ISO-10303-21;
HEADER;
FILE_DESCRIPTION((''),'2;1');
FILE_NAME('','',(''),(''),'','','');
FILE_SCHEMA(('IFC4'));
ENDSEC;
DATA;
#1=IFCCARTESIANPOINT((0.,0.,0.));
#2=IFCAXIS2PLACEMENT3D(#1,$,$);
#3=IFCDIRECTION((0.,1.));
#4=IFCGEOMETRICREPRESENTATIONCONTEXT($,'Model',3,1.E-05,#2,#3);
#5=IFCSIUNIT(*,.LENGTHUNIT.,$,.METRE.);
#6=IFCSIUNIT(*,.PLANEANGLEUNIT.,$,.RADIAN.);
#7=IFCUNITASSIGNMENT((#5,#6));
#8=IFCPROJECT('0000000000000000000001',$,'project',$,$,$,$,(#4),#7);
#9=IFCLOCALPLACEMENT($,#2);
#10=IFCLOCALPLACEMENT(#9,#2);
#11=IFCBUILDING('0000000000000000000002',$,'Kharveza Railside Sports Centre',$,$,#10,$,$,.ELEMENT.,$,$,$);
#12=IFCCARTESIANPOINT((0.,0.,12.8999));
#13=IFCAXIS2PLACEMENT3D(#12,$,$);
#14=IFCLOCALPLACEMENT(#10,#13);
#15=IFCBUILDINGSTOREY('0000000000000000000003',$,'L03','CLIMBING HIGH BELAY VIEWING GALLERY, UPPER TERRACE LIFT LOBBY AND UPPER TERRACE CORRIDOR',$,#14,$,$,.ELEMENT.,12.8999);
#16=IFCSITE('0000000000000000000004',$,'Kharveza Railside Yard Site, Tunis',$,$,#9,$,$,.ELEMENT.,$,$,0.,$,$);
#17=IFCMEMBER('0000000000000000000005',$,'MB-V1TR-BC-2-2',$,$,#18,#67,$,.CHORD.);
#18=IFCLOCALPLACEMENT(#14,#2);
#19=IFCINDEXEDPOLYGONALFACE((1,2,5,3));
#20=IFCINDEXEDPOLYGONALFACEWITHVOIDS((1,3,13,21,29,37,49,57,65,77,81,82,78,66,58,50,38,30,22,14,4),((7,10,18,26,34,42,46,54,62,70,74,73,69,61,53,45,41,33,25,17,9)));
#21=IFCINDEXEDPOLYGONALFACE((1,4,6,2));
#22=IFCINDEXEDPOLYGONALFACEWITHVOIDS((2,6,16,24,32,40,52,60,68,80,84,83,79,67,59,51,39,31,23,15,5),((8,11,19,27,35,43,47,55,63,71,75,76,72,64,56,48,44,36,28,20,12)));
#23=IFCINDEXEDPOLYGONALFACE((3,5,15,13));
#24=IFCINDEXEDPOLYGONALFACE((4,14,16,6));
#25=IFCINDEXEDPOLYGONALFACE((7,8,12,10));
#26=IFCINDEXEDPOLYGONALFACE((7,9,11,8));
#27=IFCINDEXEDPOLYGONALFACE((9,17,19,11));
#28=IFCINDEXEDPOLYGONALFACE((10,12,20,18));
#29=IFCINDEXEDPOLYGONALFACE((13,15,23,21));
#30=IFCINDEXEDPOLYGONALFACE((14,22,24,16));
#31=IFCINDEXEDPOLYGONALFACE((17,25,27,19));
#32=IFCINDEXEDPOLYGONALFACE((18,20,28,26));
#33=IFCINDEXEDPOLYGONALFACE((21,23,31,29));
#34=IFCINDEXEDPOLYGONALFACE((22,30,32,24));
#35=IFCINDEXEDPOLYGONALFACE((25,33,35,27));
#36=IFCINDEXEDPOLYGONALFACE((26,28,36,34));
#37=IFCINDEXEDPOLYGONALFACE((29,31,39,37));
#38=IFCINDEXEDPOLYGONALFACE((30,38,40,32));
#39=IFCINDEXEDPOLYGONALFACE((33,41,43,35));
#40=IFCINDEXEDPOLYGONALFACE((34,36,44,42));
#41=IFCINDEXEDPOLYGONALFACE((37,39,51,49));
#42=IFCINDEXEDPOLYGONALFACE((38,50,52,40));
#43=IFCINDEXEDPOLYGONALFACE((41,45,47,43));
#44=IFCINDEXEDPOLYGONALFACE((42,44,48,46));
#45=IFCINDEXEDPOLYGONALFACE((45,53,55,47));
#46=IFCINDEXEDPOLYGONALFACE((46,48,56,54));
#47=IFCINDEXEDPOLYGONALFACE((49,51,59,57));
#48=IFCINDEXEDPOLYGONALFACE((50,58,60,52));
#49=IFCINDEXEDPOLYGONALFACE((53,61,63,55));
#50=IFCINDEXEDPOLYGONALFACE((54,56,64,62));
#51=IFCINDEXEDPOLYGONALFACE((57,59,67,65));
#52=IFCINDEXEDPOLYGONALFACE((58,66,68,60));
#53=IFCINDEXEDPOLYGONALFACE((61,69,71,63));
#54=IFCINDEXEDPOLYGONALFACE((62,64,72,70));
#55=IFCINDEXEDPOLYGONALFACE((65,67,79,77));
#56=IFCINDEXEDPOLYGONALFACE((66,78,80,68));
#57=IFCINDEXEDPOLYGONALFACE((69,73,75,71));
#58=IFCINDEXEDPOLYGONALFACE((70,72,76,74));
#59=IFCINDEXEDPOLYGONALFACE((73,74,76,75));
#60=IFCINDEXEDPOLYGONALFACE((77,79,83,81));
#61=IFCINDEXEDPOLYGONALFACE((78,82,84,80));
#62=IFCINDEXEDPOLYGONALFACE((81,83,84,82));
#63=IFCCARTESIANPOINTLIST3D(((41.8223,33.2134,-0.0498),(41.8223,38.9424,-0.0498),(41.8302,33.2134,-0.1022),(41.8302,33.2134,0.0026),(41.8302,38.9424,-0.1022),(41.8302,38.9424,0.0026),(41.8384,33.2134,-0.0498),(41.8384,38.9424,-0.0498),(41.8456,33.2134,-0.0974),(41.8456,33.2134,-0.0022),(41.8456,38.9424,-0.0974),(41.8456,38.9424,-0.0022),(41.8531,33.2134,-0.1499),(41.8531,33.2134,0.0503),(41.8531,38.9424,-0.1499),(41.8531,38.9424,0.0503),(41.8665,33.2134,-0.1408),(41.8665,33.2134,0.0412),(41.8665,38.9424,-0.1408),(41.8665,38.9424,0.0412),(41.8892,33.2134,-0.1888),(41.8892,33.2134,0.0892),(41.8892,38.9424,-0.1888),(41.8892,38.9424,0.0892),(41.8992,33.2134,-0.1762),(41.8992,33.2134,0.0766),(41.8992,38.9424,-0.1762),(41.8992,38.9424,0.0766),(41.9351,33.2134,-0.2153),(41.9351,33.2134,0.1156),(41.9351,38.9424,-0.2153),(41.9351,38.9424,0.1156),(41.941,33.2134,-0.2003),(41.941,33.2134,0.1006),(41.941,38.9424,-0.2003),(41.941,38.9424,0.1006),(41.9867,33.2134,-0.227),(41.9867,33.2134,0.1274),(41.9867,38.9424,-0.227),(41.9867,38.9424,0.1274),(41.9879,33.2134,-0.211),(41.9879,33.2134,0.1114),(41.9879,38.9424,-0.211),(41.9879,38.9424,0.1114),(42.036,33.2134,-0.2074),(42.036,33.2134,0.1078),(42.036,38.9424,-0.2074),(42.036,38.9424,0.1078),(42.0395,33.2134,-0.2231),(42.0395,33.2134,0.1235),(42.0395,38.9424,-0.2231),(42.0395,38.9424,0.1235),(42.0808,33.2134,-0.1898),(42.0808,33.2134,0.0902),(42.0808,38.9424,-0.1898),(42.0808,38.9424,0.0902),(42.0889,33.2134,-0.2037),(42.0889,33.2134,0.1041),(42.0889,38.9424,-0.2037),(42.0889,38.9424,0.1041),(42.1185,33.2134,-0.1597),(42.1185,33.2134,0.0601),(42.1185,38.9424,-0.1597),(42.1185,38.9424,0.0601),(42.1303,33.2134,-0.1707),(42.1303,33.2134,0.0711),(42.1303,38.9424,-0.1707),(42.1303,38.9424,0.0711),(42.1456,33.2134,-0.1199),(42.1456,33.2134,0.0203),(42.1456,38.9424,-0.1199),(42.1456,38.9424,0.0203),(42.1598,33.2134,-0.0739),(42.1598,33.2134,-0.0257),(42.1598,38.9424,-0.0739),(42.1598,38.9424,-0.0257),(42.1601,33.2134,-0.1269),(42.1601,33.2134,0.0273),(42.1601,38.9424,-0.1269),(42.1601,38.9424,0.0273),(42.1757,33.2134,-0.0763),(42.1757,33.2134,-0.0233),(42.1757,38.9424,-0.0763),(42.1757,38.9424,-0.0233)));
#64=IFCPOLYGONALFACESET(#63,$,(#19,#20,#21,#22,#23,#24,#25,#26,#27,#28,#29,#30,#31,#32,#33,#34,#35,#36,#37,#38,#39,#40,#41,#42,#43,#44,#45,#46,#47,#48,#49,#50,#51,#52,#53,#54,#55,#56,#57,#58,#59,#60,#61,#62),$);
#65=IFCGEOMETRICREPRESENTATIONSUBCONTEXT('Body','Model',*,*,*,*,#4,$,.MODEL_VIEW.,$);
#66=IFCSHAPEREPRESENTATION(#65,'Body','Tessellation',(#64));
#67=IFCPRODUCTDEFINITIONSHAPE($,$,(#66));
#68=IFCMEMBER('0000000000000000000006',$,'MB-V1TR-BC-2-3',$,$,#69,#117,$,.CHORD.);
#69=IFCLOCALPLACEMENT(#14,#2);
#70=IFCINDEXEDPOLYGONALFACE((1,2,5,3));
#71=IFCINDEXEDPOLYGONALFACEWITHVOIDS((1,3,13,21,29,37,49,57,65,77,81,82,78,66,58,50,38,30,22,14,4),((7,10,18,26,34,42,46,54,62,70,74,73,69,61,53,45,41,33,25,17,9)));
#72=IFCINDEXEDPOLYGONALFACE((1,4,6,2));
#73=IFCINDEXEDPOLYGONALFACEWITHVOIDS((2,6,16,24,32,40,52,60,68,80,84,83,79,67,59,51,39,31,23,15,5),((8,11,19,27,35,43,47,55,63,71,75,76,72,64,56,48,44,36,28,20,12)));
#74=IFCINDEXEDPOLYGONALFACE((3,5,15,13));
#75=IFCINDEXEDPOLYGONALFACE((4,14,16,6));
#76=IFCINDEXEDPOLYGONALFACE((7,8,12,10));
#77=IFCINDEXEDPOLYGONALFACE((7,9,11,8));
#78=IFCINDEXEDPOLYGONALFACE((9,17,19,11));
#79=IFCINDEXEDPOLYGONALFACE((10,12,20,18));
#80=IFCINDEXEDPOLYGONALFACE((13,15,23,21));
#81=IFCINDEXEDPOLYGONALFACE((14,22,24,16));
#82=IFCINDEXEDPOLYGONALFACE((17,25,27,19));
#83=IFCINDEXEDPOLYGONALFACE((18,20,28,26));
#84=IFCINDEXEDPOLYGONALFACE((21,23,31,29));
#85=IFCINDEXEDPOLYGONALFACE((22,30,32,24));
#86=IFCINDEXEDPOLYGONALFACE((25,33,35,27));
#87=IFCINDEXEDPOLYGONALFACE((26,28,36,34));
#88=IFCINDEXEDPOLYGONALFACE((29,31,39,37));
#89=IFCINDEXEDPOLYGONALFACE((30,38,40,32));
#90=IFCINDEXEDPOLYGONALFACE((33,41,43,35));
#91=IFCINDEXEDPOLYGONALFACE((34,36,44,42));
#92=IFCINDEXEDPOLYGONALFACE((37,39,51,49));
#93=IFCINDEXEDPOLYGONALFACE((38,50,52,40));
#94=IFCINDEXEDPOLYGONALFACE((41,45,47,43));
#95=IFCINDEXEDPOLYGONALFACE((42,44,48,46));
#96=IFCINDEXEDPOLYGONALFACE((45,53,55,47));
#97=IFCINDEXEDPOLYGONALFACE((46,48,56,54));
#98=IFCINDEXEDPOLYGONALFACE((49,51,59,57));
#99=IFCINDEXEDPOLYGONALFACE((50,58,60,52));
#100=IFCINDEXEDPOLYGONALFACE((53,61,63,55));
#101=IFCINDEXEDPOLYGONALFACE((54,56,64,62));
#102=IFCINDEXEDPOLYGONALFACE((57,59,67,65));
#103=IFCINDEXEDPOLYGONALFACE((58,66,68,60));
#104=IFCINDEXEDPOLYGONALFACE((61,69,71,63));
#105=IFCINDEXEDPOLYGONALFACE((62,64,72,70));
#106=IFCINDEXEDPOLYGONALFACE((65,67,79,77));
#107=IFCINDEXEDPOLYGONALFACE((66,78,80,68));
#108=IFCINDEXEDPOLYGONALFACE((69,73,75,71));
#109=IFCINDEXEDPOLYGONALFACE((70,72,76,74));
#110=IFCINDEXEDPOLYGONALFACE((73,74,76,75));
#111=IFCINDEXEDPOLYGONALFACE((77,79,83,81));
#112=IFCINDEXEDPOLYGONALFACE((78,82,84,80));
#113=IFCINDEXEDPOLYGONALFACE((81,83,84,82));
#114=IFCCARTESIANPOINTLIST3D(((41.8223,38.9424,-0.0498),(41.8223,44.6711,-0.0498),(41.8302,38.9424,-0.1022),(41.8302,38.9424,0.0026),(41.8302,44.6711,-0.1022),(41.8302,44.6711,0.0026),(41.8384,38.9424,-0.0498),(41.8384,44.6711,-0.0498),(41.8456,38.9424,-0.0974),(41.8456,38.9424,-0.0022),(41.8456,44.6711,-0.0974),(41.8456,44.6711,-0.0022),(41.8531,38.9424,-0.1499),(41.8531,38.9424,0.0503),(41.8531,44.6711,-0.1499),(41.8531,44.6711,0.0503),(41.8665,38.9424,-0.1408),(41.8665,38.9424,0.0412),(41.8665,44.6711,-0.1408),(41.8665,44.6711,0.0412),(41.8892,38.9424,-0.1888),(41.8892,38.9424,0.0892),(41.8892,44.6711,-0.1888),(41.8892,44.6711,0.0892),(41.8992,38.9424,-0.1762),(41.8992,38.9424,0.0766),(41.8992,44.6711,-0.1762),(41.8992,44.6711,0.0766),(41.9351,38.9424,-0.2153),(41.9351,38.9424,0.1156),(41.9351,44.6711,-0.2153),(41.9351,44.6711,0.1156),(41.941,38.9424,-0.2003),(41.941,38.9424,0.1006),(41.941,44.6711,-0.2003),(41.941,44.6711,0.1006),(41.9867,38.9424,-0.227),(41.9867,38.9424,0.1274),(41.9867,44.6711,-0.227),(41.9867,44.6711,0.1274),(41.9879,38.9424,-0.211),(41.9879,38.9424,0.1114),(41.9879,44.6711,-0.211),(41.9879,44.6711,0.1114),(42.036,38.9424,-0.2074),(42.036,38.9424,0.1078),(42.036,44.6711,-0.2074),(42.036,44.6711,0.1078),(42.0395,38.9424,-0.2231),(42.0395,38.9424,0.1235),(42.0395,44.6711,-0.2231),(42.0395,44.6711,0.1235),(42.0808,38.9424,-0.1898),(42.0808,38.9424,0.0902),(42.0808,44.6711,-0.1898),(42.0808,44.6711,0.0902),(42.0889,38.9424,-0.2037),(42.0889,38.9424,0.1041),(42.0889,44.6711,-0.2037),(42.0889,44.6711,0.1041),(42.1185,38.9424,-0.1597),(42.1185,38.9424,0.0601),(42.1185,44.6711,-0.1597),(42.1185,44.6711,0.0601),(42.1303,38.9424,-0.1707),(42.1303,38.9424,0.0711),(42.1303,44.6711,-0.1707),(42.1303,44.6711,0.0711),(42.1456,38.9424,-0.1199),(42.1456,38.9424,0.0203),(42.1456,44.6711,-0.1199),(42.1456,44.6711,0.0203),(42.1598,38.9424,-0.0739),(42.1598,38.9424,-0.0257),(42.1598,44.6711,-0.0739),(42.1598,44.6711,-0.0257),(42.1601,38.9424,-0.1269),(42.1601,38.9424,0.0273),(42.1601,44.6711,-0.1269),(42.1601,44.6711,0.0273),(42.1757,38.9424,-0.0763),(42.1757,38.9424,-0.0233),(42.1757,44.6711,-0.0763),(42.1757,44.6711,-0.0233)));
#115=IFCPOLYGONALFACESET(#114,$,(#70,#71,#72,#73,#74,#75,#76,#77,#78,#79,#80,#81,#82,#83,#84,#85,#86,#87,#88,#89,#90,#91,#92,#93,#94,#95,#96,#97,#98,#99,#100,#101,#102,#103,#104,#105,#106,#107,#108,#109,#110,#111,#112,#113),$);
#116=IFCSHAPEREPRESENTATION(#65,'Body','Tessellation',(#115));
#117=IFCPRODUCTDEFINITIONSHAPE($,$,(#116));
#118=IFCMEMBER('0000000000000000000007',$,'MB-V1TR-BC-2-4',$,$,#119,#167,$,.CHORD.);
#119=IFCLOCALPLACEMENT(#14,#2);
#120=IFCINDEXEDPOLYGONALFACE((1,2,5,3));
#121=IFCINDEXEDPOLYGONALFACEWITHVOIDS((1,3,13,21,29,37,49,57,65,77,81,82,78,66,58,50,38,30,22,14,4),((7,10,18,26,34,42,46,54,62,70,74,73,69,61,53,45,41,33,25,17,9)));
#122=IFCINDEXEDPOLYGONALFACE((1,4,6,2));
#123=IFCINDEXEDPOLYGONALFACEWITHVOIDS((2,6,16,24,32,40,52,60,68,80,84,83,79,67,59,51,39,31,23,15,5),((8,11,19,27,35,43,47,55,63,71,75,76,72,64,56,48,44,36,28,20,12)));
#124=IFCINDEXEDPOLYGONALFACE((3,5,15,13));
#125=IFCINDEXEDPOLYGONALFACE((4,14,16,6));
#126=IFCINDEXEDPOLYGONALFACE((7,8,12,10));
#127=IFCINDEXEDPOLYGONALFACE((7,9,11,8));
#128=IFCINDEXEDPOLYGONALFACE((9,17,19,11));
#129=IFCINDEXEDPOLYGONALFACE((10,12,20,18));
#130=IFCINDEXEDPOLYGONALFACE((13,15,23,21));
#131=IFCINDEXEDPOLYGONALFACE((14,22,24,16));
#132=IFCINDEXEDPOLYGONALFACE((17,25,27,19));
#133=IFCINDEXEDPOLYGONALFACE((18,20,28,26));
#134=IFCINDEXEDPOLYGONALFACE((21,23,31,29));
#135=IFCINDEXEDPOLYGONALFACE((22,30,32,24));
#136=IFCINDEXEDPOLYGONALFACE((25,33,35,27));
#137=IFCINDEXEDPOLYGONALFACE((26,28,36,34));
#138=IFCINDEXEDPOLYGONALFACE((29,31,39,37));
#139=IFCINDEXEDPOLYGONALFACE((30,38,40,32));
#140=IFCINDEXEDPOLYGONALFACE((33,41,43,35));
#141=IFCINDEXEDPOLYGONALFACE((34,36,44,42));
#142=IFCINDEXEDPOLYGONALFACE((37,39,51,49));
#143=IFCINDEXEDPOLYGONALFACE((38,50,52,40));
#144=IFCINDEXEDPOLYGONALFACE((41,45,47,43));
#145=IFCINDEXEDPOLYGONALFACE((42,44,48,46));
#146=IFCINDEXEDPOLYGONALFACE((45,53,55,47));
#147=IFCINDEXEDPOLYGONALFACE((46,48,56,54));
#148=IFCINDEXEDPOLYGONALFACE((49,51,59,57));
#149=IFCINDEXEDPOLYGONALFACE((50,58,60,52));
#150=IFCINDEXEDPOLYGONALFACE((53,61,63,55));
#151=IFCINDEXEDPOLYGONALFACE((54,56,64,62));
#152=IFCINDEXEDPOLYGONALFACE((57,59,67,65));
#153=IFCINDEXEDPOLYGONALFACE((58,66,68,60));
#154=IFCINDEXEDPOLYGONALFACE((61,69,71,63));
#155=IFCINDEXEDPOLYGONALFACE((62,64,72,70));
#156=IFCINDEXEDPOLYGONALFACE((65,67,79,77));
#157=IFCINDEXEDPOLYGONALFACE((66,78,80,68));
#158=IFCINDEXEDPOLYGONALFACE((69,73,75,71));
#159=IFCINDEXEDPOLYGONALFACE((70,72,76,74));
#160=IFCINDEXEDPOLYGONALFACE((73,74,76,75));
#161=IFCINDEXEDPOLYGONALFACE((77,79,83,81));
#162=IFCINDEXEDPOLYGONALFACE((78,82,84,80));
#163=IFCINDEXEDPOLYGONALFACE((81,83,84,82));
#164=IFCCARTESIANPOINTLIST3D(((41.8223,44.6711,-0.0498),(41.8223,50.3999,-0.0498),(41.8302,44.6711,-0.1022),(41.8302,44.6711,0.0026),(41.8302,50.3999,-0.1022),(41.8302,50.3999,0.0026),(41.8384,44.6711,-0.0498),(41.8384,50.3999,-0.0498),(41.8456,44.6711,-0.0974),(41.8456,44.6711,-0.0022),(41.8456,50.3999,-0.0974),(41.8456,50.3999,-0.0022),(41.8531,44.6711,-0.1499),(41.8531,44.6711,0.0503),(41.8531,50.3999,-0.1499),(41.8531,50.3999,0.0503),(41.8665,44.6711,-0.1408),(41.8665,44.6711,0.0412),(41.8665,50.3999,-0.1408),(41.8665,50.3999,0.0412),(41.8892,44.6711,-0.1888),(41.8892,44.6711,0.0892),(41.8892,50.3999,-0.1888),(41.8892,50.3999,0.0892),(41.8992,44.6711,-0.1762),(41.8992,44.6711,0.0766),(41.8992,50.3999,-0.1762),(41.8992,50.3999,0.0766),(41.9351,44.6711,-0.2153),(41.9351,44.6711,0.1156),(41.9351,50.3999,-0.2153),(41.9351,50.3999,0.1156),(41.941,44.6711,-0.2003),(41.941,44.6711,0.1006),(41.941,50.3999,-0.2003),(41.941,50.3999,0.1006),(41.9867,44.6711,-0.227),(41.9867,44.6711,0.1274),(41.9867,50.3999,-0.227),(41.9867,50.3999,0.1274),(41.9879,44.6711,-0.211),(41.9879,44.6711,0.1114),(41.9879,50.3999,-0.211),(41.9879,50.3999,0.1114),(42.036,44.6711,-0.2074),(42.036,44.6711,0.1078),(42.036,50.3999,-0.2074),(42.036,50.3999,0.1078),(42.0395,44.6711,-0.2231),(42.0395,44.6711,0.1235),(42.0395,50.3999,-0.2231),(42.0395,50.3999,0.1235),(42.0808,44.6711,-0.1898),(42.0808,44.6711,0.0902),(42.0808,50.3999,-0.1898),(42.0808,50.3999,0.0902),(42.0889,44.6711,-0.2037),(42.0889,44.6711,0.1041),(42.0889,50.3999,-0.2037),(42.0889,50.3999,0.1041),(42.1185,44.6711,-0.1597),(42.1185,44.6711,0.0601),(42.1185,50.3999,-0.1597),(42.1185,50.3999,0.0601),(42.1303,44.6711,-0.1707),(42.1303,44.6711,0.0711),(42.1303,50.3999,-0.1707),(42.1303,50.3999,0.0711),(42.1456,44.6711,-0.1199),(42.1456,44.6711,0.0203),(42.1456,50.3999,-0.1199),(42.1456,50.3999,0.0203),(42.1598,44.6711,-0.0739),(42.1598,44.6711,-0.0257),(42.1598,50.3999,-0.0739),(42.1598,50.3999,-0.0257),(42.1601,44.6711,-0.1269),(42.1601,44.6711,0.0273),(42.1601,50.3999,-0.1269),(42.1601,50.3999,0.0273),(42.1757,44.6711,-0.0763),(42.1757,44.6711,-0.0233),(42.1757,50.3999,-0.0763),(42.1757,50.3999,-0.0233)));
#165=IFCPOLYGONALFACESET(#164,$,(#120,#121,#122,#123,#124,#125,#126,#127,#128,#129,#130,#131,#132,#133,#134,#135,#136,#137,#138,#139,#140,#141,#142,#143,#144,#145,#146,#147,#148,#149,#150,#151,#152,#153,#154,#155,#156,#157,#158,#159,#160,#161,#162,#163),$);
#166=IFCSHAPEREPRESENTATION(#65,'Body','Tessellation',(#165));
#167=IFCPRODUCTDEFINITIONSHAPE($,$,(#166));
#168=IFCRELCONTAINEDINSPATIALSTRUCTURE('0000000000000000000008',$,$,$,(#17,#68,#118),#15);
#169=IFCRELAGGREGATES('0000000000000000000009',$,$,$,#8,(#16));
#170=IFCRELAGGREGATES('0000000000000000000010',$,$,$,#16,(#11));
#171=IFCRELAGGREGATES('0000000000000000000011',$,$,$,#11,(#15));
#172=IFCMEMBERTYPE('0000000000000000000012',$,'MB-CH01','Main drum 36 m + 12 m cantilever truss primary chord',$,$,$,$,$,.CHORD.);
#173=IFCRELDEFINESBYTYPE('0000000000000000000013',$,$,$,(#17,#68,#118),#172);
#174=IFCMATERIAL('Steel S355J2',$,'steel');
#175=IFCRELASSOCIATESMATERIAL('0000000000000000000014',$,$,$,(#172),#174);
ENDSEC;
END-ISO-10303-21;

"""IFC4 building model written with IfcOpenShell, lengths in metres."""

from ifc_helpers import new_model, si_unit, direction, frame, origin, origin_2d, place, context, subcontext, project, spatial, hollow_circle, extrude, material, material_profile, profile_set, type_object, element, save


model = new_model("IFC4")

# Units and contexts
model_context = context("Model", 3, precision=1e-05, world=origin(), true_north=direction((0.0, 1.0)))
body_context = subcontext(model_context, "Body", "Model", "MODEL_VIEW")
ifc_project = project(units=[si_unit("LENGTHUNIT", "METRE"), si_unit("PLANEANGLEUNIT", "RADIAN")], contexts=[model_context])

# Site, building, storey
site_placement = place(None, origin())
site = spatial("IfcSite", under=ifc_project, at=site_placement, Name="Kharveza Railside Yard Site, Tunis", CompositionType="ELEMENT", RefElevation=0.0)
building_placement = place(site_placement, origin())
building = spatial("IfcBuilding", under=site, at=building_placement, Name="Kharveza Railside Sports Centre", CompositionType="ELEMENT")
storey_placement = place(building_placement, frame((0.0, 0.0, 12.8999)))
storey = spatial("IfcBuildingStorey", under=building, at=storey_placement, Name="L03", Description="CLIMBING HIGH BELAY VIEWING GALLERY, UPPER TERRACE LIFT LOBBY AND UPPER TERRACE CORRIDOR", CompositionType="ELEMENT", Elevation=12.8999)

# Members
ifc_material = material(Name="Steel S355J2", Category="steel")
ifc_material_profile_1 = material_profile(ifc_material, hollow_circle(Radius=0.1777, WallThickness=0.0161, at=origin_2d()), Name="CHS 355.6x16.0")
ifc_profile_set_1 = profile_set([ifc_material_profile_1], Name="Steel S355J2")
member_type_1 = type_object("IfcMemberType", Name="MB-CH01", Description="Main drum 36 m + 12 m cantilever truss primary chord", PredefinedType="CHORD", material=ifc_profile_set_1)
member_1_placement = place(storey_placement, frame((42.0, 33.2134, -0.0498), z_axis=(0.0, 1.0, 0.0), x_axis=(-1.0, 0.0, 0.0)))
element("IfcMember", 1, at=member_1_placement, inside=storey, type_object=member_type_1, Name="MB-V1TR-BC-2-2", PredefinedType="CHORD", context=body_context, shape_type="SweptSolid", body=[
    extrude(hollow_circle(Radius=0.1777, WallThickness=0.0161, at=origin_2d()), origin(), (0.0, 0.0, 1.0), 5.729),
])
for number, where, z_axis, x_axis, name in (
    (2, (42.0, 38.9424, -0.0498), (0.0, 1.0, 0.0), (-1.0, 0.0, 0.0), "MB-V1TR-BC-2-3"),
    (3, (42.0, 44.6711, -0.0498), (0.0, 1.0, 0.0), (-1.0, 0.0, 0.0), "MB-V1TR-BC-2-4"),
):
    element("IfcMember", number, at=place(storey_placement, frame(where, z_axis=z_axis, x_axis=x_axis)), inside=storey, type_object=member_type_1, Name=name, PredefinedType="CHORD", context=body_context, shape_type="SweptSolid", body=[
        extrude(hollow_circle(Radius=0.1777, WallThickness=0.0161, at=origin_2d()), origin(), (0.0, 0.0, 1.0), 5.7288),
    ])

save(model, "model.ifc")
